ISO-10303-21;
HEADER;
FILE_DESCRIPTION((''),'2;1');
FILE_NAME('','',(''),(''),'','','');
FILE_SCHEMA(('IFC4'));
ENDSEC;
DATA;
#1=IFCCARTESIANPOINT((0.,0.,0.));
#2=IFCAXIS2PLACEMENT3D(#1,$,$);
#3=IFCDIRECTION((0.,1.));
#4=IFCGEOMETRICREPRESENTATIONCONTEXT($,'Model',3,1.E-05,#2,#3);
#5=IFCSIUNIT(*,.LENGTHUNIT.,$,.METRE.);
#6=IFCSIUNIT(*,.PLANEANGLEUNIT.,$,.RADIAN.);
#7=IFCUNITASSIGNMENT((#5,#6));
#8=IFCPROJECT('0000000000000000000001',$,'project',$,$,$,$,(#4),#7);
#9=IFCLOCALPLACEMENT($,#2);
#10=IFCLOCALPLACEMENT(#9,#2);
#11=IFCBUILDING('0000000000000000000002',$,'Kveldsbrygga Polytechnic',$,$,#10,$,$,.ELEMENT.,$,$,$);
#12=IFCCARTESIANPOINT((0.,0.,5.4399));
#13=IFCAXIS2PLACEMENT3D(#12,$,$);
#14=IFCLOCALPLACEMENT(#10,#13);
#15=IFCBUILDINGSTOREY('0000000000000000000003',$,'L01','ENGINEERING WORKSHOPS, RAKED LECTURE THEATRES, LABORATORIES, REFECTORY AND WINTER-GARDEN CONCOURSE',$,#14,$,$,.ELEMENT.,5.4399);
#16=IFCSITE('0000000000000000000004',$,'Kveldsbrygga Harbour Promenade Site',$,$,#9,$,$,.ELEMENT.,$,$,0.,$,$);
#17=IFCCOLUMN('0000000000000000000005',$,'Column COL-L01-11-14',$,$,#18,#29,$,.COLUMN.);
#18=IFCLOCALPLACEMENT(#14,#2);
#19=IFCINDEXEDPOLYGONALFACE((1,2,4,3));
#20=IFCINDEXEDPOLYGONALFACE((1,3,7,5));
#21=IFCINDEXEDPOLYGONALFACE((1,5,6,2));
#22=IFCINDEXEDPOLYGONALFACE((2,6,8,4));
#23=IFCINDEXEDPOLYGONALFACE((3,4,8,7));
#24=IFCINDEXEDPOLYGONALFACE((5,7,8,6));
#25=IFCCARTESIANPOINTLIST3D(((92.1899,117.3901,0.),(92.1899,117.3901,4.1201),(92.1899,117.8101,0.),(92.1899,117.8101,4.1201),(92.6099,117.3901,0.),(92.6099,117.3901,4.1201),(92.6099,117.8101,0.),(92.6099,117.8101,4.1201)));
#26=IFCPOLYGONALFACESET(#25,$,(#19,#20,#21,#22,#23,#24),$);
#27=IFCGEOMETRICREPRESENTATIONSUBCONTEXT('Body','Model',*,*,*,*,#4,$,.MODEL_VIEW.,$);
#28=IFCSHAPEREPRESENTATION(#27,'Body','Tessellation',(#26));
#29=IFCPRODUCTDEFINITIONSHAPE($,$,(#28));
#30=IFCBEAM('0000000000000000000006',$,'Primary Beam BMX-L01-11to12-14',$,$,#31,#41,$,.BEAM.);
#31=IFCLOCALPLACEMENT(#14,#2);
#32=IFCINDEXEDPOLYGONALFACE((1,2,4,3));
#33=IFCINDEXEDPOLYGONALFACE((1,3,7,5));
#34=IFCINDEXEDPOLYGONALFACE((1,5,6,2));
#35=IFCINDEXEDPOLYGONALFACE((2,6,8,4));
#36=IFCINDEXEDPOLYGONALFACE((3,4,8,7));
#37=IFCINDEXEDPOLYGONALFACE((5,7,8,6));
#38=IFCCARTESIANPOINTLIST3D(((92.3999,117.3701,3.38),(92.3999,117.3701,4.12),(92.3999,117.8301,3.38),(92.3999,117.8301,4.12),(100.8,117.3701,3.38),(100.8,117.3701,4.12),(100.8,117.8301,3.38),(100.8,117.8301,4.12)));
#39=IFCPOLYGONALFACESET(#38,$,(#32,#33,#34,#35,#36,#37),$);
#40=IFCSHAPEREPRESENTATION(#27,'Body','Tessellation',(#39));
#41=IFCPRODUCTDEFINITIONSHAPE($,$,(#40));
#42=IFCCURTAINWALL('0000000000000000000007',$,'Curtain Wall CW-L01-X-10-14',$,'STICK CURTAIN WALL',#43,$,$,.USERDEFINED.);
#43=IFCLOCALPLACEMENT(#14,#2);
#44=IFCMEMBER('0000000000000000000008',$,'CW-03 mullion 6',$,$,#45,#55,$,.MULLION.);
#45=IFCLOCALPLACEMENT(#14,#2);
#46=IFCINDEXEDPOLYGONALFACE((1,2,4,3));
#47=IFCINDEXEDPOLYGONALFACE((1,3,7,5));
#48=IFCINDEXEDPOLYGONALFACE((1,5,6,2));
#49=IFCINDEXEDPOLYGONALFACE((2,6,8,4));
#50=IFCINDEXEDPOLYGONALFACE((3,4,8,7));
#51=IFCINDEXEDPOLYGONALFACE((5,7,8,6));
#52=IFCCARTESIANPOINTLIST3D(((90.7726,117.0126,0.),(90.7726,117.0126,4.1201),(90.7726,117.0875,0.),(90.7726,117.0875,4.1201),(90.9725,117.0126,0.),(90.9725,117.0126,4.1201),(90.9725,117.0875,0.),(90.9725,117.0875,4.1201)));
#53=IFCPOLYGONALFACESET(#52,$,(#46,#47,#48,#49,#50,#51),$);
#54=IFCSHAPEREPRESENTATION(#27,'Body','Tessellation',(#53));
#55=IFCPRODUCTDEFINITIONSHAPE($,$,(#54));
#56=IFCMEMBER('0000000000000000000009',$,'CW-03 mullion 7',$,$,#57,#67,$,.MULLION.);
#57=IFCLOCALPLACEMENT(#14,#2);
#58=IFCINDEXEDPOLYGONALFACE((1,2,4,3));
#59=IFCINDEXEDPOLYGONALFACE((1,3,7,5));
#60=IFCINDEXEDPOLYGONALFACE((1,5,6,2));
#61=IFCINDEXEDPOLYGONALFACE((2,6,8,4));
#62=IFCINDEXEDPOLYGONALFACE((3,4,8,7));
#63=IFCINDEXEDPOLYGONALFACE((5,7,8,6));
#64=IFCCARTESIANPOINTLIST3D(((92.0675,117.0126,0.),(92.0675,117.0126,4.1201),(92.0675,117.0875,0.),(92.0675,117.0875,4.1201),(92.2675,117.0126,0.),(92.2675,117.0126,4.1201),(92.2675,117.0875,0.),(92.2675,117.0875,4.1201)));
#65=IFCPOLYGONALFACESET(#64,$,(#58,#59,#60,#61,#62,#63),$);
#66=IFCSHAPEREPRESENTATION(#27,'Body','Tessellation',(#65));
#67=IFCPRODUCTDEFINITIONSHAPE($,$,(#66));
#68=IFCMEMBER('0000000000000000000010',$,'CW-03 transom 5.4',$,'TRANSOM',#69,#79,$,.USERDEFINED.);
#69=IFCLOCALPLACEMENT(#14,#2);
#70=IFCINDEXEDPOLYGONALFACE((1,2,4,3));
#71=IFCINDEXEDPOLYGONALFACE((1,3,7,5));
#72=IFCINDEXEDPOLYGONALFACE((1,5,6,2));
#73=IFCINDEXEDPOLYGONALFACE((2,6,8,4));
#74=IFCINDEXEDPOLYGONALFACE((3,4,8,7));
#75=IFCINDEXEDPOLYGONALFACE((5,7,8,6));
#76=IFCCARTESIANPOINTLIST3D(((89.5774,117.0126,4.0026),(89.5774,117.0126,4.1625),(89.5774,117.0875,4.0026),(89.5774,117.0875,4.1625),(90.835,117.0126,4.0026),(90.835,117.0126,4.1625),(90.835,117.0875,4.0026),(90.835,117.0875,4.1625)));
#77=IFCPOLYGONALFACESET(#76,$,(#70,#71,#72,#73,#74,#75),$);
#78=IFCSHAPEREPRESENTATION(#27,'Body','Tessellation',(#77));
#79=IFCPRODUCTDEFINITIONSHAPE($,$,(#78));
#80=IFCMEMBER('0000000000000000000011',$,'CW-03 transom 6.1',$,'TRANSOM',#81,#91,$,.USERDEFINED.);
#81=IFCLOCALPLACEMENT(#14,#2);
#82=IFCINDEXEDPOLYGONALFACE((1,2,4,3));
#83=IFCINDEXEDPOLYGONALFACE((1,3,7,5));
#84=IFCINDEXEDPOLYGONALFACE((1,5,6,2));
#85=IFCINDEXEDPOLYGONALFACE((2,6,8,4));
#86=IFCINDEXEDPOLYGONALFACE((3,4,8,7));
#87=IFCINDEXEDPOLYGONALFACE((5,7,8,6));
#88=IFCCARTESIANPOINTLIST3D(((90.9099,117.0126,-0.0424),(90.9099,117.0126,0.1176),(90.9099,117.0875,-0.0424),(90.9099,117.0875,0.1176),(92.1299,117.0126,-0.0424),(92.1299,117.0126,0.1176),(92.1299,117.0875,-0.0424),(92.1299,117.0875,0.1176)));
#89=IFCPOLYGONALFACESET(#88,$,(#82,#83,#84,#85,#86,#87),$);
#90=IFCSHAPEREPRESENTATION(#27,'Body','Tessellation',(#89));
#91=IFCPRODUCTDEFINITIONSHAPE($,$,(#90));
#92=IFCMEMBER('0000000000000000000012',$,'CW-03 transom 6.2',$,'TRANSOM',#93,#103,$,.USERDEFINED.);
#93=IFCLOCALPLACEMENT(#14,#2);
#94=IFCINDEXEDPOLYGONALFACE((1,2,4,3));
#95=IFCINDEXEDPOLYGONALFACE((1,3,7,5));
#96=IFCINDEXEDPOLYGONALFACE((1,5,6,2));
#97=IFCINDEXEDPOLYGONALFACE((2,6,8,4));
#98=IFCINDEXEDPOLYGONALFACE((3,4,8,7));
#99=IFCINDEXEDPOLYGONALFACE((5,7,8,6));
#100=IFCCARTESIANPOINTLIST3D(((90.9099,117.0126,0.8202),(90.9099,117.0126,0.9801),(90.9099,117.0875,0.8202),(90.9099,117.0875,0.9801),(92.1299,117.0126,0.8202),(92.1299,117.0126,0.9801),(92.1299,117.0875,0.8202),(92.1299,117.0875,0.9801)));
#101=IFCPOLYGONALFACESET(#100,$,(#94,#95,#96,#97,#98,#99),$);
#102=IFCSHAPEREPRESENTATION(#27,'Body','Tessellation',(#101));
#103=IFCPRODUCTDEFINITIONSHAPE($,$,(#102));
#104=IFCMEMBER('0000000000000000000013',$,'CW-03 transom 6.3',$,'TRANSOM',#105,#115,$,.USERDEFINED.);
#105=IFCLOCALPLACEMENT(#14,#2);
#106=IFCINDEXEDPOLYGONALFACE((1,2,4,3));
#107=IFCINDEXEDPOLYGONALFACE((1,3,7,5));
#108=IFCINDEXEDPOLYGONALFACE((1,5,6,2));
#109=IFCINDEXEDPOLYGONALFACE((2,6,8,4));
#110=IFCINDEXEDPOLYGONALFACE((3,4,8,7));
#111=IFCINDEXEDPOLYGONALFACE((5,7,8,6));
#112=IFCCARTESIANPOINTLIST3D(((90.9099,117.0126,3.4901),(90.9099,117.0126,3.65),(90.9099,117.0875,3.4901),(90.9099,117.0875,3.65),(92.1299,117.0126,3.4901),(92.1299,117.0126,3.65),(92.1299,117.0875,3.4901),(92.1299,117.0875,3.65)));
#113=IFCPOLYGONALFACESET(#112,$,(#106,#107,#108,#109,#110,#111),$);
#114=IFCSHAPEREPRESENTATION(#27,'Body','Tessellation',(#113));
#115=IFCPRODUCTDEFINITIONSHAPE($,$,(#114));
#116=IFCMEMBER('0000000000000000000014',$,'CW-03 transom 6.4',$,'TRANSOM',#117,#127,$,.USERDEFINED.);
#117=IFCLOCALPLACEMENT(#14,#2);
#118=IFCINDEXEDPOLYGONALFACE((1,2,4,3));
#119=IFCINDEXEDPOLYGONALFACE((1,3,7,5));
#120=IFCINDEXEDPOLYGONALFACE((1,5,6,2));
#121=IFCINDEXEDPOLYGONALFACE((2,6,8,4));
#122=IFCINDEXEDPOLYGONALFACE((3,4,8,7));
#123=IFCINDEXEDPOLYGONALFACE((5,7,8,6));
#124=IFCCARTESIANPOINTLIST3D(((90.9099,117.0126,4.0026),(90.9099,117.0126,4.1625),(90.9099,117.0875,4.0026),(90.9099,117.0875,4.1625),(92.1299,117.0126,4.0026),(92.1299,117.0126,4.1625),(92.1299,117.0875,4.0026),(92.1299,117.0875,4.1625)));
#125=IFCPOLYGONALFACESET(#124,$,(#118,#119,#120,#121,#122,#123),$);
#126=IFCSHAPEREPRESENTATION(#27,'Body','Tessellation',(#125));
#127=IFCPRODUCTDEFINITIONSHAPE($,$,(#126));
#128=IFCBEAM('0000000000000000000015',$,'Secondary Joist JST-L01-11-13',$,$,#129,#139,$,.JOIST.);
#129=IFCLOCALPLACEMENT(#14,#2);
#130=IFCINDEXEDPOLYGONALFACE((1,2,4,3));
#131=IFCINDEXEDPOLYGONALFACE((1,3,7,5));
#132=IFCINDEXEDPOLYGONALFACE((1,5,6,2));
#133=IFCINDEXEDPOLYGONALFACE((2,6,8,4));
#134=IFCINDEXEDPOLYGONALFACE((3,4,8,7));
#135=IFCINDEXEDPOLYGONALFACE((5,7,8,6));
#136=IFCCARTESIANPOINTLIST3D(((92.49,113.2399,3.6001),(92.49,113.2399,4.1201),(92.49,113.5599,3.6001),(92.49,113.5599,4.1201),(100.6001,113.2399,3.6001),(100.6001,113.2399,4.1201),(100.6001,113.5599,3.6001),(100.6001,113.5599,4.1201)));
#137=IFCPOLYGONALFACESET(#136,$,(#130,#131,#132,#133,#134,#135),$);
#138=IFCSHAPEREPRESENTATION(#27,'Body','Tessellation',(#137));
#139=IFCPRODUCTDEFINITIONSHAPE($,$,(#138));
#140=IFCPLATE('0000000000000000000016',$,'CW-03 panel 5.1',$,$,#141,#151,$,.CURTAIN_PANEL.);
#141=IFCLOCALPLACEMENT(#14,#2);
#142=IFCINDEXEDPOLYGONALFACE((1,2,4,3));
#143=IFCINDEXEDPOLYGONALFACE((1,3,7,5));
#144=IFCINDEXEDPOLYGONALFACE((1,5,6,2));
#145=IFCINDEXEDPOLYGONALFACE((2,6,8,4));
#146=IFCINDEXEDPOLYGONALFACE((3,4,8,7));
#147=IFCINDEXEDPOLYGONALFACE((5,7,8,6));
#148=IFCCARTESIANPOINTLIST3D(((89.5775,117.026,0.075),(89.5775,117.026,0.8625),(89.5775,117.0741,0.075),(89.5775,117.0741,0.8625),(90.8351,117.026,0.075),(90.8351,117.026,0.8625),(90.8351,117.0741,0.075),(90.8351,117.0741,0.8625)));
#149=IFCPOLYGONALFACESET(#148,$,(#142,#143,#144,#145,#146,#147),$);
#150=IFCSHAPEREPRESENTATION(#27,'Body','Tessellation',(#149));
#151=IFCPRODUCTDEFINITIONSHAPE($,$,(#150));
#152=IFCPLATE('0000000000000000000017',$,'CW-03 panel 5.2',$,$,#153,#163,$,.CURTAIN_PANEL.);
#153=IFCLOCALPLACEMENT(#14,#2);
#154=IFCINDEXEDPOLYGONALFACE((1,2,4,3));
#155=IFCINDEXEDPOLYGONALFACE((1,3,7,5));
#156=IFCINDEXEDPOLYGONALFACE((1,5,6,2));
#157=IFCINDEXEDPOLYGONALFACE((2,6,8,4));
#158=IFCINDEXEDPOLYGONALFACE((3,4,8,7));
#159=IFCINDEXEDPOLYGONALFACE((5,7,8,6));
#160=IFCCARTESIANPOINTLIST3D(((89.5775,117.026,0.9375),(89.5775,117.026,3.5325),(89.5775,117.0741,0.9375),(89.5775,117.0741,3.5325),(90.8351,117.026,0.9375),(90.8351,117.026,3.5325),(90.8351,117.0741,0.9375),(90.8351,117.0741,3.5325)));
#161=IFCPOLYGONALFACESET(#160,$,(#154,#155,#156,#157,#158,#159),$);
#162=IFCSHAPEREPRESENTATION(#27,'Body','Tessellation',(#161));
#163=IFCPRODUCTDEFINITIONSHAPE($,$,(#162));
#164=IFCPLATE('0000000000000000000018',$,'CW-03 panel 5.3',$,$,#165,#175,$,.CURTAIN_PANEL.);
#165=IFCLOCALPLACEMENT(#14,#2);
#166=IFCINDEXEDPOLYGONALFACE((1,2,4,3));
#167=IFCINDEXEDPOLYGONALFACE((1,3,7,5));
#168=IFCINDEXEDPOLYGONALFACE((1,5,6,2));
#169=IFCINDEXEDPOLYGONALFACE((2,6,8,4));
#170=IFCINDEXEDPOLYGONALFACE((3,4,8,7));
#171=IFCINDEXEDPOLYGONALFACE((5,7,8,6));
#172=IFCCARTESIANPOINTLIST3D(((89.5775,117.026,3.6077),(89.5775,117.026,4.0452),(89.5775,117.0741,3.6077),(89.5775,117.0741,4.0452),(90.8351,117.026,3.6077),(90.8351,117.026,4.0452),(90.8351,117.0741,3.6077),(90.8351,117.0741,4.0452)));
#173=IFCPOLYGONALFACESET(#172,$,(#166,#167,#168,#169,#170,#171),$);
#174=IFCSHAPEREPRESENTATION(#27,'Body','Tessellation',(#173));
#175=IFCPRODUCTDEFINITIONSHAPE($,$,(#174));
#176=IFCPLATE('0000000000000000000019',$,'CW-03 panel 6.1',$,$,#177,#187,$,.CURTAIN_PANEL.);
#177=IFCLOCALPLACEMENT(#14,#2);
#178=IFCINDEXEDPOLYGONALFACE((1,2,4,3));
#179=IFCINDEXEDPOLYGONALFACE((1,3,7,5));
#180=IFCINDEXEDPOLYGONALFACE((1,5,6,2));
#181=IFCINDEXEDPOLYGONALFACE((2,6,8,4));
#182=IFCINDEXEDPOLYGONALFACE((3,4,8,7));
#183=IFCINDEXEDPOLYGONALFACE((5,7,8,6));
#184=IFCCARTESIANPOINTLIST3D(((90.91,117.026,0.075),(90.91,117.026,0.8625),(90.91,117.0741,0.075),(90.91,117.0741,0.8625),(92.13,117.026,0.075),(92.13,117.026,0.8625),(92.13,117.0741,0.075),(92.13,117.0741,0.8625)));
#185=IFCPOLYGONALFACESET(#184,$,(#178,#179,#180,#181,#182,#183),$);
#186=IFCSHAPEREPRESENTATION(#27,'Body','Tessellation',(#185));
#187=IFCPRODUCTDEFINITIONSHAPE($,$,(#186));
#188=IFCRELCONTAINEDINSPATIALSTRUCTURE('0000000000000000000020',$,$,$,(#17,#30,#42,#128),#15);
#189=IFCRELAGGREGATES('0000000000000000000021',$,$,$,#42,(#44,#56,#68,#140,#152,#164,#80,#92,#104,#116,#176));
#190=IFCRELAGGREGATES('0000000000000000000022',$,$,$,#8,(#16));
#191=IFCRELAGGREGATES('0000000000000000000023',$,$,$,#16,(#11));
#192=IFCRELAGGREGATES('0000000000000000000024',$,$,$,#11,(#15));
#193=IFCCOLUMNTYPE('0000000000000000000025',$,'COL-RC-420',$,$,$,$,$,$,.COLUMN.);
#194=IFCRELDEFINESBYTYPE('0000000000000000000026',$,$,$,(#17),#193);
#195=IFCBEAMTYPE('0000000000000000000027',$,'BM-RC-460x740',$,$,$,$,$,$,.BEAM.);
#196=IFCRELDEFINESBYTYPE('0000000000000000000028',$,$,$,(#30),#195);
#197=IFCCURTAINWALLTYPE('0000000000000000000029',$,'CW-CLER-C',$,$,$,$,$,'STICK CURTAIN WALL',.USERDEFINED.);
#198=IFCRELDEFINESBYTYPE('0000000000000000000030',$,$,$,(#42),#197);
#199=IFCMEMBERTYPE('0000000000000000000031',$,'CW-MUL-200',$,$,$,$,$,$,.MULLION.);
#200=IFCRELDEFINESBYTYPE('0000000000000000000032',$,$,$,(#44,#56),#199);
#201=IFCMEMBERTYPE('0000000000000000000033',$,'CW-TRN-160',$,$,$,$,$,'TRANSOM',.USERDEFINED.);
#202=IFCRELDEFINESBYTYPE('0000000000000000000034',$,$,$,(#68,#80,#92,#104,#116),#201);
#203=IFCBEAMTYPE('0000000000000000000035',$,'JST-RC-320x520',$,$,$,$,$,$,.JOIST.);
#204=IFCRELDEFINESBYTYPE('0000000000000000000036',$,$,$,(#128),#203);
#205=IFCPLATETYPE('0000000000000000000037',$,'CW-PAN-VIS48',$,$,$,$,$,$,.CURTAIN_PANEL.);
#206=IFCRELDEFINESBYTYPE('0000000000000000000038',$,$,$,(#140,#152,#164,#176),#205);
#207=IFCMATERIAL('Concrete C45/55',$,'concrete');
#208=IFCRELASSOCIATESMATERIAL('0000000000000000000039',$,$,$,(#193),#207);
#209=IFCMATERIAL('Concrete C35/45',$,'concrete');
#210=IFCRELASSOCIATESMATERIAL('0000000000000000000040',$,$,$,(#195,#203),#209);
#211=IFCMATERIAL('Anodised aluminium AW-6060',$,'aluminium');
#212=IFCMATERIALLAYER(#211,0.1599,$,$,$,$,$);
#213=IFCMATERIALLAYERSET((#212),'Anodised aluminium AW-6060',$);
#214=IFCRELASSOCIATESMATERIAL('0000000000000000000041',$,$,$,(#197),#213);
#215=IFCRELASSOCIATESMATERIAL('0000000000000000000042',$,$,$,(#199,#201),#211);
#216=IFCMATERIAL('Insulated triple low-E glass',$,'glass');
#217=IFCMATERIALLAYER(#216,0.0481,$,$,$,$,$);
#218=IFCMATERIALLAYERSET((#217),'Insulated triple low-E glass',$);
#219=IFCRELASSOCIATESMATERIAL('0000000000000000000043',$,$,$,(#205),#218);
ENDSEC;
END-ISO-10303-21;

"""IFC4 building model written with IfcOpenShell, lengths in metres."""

from ifc_helpers import new_model, si_unit, direction, frame, origin, origin_2d, place, context, subcontext, project, spatial, rectangle, extrude, material, layer, layer_set, material_profile, profile_set, type_object, element, aggregate, save


model = new_model("IFC4")

# Units and contexts
model_context = context("Model", 3, precision=1e-05, world=origin(), true_north=direction((0.0, 1.0)))
body_context = subcontext(model_context, "Body", "Model", "MODEL_VIEW")
ifc_project = project(units=[si_unit("LENGTHUNIT", "METRE"), si_unit("PLANEANGLEUNIT", "RADIAN")], contexts=[model_context])

# Site, building, storey
site_placement = place(None, origin())
site = spatial("IfcSite", under=ifc_project, at=site_placement, Name="Kveldsbrygga Harbour Promenade Site", CompositionType="ELEMENT", RefElevation=0.0)
building_placement = place(site_placement, origin())
building = spatial("IfcBuilding", under=site, at=building_placement, Name="Kveldsbrygga Polytechnic", CompositionType="ELEMENT")
storey_placement = place(building_placement, frame((0.0, 0.0, 5.4399)))
storey = spatial("IfcBuildingStorey", under=building, at=storey_placement, Name="L01", Description="ENGINEERING WORKSHOPS, RAKED LECTURE THEATRES, LABORATORIES, REFECTORY AND WINTER-GARDEN CONCOURSE", CompositionType="ELEMENT", Elevation=5.4399)

# Column
ifc_material_1 = material(Name="Concrete C45/55", Category="concrete")
ifc_material_profile_1 = material_profile(ifc_material_1, rectangle(XDim=0.4199, YDim=0.4199, at=origin_2d()), Name="RC 420x420")
ifc_profile_set_1 = profile_set([ifc_material_profile_1], Name="Concrete C45/55")
column_type = type_object("IfcColumnType", Name="COL-RC-420", PredefinedType="COLUMN", material=ifc_profile_set_1)
column_placement = place(storey_placement, frame((92.3999, 117.6001, 0.0), z_axis=(0.0, 0.0, 1.0), x_axis=(1.0, 0.0, 0.0)))
element("IfcColumn", 1, at=column_placement, inside=storey, type_object=column_type, Name="Column COL-L01-11-14", PredefinedType="COLUMN", context=body_context, shape_type="SweptSolid", body=[
    extrude(rectangle(XDim=0.4199, YDim=0.4199, at=origin_2d()), origin(), (0.0, 0.0, 1.0), 4.1201),
])

# Beam
ifc_material_2 = material(Name="Concrete C35/45", Category="concrete")
ifc_material_profile_2 = material_profile(ifc_material_2, rectangle(XDim=0.46, YDim=0.74, at=origin_2d()), Name="RC 460x740")
ifc_profile_set_2 = profile_set([ifc_material_profile_2], Name="Concrete C35/45")
beam_type_1 = type_object("IfcBeamType", Name="BM-RC-460x740", PredefinedType="BEAM", material=ifc_profile_set_2)
beam_1_placement = place(storey_placement, frame((92.3999, 117.6001, 3.75), z_axis=(1.0, 0.0, 0.0), x_axis=(0.0, 1.0, 0.0)))
element("IfcBeam", 2, at=beam_1_placement, inside=storey, type_object=beam_type_1, Name="Primary Beam BMX-L01-11to12-14", PredefinedType="BEAM", context=body_context, shape_type="SweptSolid", body=[
    extrude(rectangle(XDim=0.46, YDim=0.74, at=origin_2d()), origin(), (0.0, 0.0, 1.0), 8.4001),
])

# Curtain wall, members
ifc_material_3 = material(Name="Anodised aluminium AW-6060", Category="aluminium")
ifc_layer_1 = layer(ifc_material_3, 0.1599)
ifc_layer_set_1 = layer_set([ifc_layer_1], Name="Anodised aluminium AW-6060")
curtain_wall_type = type_object("IfcCurtainWallType", Name="CW-CLER-C", ElementType="STICK CURTAIN WALL", PredefinedType="USERDEFINED", material=ifc_layer_set_1)
curtain_wall_placement = place(storey_placement, origin())
curtain_wall = element("IfcCurtainWall", 3, at=curtain_wall_placement, inside=storey, type_object=curtain_wall_type, Name="Curtain Wall CW-L01-X-10-14", ObjectType="STICK CURTAIN WALL", PredefinedType="USERDEFINED")
ifc_material_profile_3 = material_profile(ifc_material_3, rectangle(XDim=0.075, YDim=0.2, at=origin_2d()), Name="ALU 75x200")
ifc_profile_set_3 = profile_set([ifc_material_profile_3], Name="Anodised aluminium AW-6060")
member_type_1 = type_object("IfcMemberType", Name="CW-MUL-200", PredefinedType="MULLION", material=ifc_profile_set_3)
member_1_placement = place(storey_placement, frame((90.8726, 117.05, 0.0), z_axis=(0.0, 0.0, 1.0), x_axis=(0.0, 1.0, 0.0)))
member_1 = element("IfcMember", 4, at=member_1_placement, type_object=member_type_1, Name="CW-03 mullion 6", PredefinedType="MULLION", context=body_context, shape_type="SweptSolid", body=[
    extrude(rectangle(XDim=0.075, YDim=0.2, at=origin_2d()), origin(), (0.0, 0.0, 1.0), 4.1201),
])
member_2_placement = place(storey_placement, frame((92.1675, 117.05, 0.0), z_axis=(0.0, 0.0, 1.0), x_axis=(0.0, 1.0, 0.0)))
member_2 = element("IfcMember", 5, at=member_2_placement, type_object=member_type_1, Name="CW-03 mullion 7", PredefinedType="MULLION", context=body_context, shape_type="SweptSolid", body=[
    extrude(rectangle(XDim=0.075, YDim=0.2, at=origin_2d()), origin(), (0.0, 0.0, 1.0), 4.1201),
])
ifc_material_profile_4 = material_profile(ifc_material_3, rectangle(XDim=0.075, YDim=0.1599, at=origin_2d()), Name="ALU 75x160")
ifc_profile_set_4 = profile_set([ifc_material_profile_4], Name="Anodised aluminium AW-6060")
member_type_2 = type_object("IfcMemberType", Name="CW-TRN-160", ElementType="TRANSOM", PredefinedType="USERDEFINED", material=ifc_profile_set_4)
member_3_placement = place(storey_placement, frame((89.5774, 117.05, 4.0825), z_axis=(1.0, 0.0, 0.0), x_axis=(0.0, 1.0, 0.0)))
member_3 = element("IfcMember", 6, at=member_3_placement, type_object=member_type_2, Name="CW-03 transom 5.4", ObjectType="TRANSOM", PredefinedType="USERDEFINED", context=body_context, shape_type="SweptSolid", body=[
    extrude(rectangle(XDim=0.075, YDim=0.1599, at=origin_2d()), origin(), (0.0, 0.0, 1.0), 1.2576),
])
member_4_placement = place(storey_placement, frame((90.9099, 117.05, 0.0376), z_axis=(1.0, 0.0, 0.0), x_axis=(0.0, 1.0, 0.0)))
member_4 = element("IfcMember", 7, at=member_4_placement, type_object=member_type_2, Name="CW-03 transom 6.1", ObjectType="TRANSOM", PredefinedType="USERDEFINED", context=body_context, shape_type="SweptSolid", body=[
    extrude(rectangle(XDim=0.075, YDim=0.1599, at=origin_2d()), origin(), (0.0, 0.0, 1.0), 1.22),
])
member_5_placement = place(storey_placement, frame((90.9099, 117.05, 0.9001), z_axis=(1.0, 0.0, 0.0), x_axis=(0.0, 1.0, 0.0)))
member_5 = element("IfcMember", 8, at=member_5_placement, type_object=member_type_2, Name="CW-03 transom 6.2", ObjectType="TRANSOM", PredefinedType="USERDEFINED", context=body_context, shape_type="SweptSolid", body=[
    extrude(rectangle(XDim=0.075, YDim=0.1599, at=origin_2d()), origin(), (0.0, 0.0, 1.0), 1.22),
])
member_6_placement = place(storey_placement, frame((90.9099, 117.05, 3.5701), z_axis=(1.0, 0.0, 0.0), x_axis=(0.0, 1.0, 0.0)))
member_6 = element("IfcMember", 9, at=member_6_placement, type_object=member_type_2, Name="CW-03 transom 6.3", ObjectType="TRANSOM", PredefinedType="USERDEFINED", context=body_context, shape_type="SweptSolid", body=[
    extrude(rectangle(XDim=0.075, YDim=0.1599, at=origin_2d()), origin(), (0.0, 0.0, 1.0), 1.22),
])
member_7_placement = place(storey_placement, frame((90.9099, 117.05, 4.0825), z_axis=(1.0, 0.0, 0.0), x_axis=(0.0, 1.0, 0.0)))
member_7 = element("IfcMember", 10, at=member_7_placement, type_object=member_type_2, Name="CW-03 transom 6.4", ObjectType="TRANSOM", PredefinedType="USERDEFINED", context=body_context, shape_type="SweptSolid", body=[
    extrude(rectangle(XDim=0.075, YDim=0.1599, at=origin_2d()), origin(), (0.0, 0.0, 1.0), 1.22),
])

# Beam
ifc_material_profile_5 = material_profile(ifc_material_2, rectangle(XDim=0.3201, YDim=0.52, at=origin_2d()), Name="RC 320x520")
ifc_profile_set_5 = profile_set([ifc_material_profile_5], Name="Concrete C35/45")
beam_type_2 = type_object("IfcBeamType", Name="JST-RC-320x520", PredefinedType="JOIST", material=ifc_profile_set_5)
beam_2_placement = place(storey_placement, frame((92.49, 113.3999, 3.8601), z_axis=(1.0, 0.0, 0.0), x_axis=(0.0, 1.0, 0.0)))
element("IfcBeam", 11, at=beam_2_placement, inside=storey, type_object=beam_type_2, Name="Secondary Joist JST-L01-11-13", PredefinedType="JOIST", context=body_context, shape_type="SweptSolid", body=[
    extrude(rectangle(XDim=0.3201, YDim=0.52, at=origin_2d()), origin(), (0.0, 0.0, 1.0), 8.1101),
])

# Plates
ifc_material_4 = material(Name="Insulated triple low-E glass", Category="glass")
ifc_layer_2 = layer(ifc_material_4, 0.0481)
ifc_layer_set_2 = layer_set([ifc_layer_2], Name="Insulated triple low-E glass")
plate_type = type_object("IfcPlateType", Name="CW-PAN-VIS48", PredefinedType="CURTAIN_PANEL", material=ifc_layer_set_2)
plate_1_placement = place(storey_placement, frame((90.2063, 117.05, 0.075), z_axis=(0.0, 0.0, 1.0), x_axis=(1.0, 0.0, 0.0)))
plate_1 = element("IfcPlate", 12, at=plate_1_placement, type_object=plate_type, Name="CW-03 panel 5.1", PredefinedType="CURTAIN_PANEL", context=body_context, shape_type="SweptSolid", body=[
    extrude(rectangle(XDim=1.2576, YDim=0.0481, at=origin_2d()), origin(), (0.0, 0.0, 1.0), 0.7876),
])
plate_2_placement = place(storey_placement, frame((90.2063, 117.05, 0.9375), z_axis=(0.0, 0.0, 1.0), x_axis=(1.0, 0.0, 0.0)))
plate_2 = element("IfcPlate", 13, at=plate_2_placement, type_object=plate_type, Name="CW-03 panel 5.2", PredefinedType="CURTAIN_PANEL", context=body_context, shape_type="SweptSolid", body=[
    extrude(rectangle(XDim=1.2576, YDim=0.0481, at=origin_2d()), origin(), (0.0, 0.0, 1.0), 2.595),
])
plate_3_placement = place(storey_placement, frame((90.2063, 117.05, 3.6077), z_axis=(0.0, 0.0, 1.0), x_axis=(1.0, 0.0, 0.0)))
plate_3 = element("IfcPlate", 14, at=plate_3_placement, type_object=plate_type, Name="CW-03 panel 5.3", PredefinedType="CURTAIN_PANEL", context=body_context, shape_type="SweptSolid", body=[
    extrude(rectangle(XDim=1.2576, YDim=0.0481, at=origin_2d()), origin(), (0.0, 0.0, 1.0), 0.4375),
])
plate_4_placement = place(storey_placement, frame((91.52, 117.05, 0.075), z_axis=(0.0, 0.0, 1.0), x_axis=(1.0, 0.0, 0.0)))
plate_4 = element("IfcPlate", 15, at=plate_4_placement, type_object=plate_type, Name="CW-03 panel 6.1", PredefinedType="CURTAIN_PANEL", context=body_context, shape_type="SweptSolid", body=[
    extrude(rectangle(XDim=1.22, YDim=0.0481, at=origin_2d()), origin(), (0.0, 0.0, 1.0), 0.7876),
])
aggregate(curtain_wall, [member_1, member_2, member_3, plate_1, plate_2, plate_3, member_4, member_5, member_6, member_7, plate_4])

save(model, "model.ifc")
